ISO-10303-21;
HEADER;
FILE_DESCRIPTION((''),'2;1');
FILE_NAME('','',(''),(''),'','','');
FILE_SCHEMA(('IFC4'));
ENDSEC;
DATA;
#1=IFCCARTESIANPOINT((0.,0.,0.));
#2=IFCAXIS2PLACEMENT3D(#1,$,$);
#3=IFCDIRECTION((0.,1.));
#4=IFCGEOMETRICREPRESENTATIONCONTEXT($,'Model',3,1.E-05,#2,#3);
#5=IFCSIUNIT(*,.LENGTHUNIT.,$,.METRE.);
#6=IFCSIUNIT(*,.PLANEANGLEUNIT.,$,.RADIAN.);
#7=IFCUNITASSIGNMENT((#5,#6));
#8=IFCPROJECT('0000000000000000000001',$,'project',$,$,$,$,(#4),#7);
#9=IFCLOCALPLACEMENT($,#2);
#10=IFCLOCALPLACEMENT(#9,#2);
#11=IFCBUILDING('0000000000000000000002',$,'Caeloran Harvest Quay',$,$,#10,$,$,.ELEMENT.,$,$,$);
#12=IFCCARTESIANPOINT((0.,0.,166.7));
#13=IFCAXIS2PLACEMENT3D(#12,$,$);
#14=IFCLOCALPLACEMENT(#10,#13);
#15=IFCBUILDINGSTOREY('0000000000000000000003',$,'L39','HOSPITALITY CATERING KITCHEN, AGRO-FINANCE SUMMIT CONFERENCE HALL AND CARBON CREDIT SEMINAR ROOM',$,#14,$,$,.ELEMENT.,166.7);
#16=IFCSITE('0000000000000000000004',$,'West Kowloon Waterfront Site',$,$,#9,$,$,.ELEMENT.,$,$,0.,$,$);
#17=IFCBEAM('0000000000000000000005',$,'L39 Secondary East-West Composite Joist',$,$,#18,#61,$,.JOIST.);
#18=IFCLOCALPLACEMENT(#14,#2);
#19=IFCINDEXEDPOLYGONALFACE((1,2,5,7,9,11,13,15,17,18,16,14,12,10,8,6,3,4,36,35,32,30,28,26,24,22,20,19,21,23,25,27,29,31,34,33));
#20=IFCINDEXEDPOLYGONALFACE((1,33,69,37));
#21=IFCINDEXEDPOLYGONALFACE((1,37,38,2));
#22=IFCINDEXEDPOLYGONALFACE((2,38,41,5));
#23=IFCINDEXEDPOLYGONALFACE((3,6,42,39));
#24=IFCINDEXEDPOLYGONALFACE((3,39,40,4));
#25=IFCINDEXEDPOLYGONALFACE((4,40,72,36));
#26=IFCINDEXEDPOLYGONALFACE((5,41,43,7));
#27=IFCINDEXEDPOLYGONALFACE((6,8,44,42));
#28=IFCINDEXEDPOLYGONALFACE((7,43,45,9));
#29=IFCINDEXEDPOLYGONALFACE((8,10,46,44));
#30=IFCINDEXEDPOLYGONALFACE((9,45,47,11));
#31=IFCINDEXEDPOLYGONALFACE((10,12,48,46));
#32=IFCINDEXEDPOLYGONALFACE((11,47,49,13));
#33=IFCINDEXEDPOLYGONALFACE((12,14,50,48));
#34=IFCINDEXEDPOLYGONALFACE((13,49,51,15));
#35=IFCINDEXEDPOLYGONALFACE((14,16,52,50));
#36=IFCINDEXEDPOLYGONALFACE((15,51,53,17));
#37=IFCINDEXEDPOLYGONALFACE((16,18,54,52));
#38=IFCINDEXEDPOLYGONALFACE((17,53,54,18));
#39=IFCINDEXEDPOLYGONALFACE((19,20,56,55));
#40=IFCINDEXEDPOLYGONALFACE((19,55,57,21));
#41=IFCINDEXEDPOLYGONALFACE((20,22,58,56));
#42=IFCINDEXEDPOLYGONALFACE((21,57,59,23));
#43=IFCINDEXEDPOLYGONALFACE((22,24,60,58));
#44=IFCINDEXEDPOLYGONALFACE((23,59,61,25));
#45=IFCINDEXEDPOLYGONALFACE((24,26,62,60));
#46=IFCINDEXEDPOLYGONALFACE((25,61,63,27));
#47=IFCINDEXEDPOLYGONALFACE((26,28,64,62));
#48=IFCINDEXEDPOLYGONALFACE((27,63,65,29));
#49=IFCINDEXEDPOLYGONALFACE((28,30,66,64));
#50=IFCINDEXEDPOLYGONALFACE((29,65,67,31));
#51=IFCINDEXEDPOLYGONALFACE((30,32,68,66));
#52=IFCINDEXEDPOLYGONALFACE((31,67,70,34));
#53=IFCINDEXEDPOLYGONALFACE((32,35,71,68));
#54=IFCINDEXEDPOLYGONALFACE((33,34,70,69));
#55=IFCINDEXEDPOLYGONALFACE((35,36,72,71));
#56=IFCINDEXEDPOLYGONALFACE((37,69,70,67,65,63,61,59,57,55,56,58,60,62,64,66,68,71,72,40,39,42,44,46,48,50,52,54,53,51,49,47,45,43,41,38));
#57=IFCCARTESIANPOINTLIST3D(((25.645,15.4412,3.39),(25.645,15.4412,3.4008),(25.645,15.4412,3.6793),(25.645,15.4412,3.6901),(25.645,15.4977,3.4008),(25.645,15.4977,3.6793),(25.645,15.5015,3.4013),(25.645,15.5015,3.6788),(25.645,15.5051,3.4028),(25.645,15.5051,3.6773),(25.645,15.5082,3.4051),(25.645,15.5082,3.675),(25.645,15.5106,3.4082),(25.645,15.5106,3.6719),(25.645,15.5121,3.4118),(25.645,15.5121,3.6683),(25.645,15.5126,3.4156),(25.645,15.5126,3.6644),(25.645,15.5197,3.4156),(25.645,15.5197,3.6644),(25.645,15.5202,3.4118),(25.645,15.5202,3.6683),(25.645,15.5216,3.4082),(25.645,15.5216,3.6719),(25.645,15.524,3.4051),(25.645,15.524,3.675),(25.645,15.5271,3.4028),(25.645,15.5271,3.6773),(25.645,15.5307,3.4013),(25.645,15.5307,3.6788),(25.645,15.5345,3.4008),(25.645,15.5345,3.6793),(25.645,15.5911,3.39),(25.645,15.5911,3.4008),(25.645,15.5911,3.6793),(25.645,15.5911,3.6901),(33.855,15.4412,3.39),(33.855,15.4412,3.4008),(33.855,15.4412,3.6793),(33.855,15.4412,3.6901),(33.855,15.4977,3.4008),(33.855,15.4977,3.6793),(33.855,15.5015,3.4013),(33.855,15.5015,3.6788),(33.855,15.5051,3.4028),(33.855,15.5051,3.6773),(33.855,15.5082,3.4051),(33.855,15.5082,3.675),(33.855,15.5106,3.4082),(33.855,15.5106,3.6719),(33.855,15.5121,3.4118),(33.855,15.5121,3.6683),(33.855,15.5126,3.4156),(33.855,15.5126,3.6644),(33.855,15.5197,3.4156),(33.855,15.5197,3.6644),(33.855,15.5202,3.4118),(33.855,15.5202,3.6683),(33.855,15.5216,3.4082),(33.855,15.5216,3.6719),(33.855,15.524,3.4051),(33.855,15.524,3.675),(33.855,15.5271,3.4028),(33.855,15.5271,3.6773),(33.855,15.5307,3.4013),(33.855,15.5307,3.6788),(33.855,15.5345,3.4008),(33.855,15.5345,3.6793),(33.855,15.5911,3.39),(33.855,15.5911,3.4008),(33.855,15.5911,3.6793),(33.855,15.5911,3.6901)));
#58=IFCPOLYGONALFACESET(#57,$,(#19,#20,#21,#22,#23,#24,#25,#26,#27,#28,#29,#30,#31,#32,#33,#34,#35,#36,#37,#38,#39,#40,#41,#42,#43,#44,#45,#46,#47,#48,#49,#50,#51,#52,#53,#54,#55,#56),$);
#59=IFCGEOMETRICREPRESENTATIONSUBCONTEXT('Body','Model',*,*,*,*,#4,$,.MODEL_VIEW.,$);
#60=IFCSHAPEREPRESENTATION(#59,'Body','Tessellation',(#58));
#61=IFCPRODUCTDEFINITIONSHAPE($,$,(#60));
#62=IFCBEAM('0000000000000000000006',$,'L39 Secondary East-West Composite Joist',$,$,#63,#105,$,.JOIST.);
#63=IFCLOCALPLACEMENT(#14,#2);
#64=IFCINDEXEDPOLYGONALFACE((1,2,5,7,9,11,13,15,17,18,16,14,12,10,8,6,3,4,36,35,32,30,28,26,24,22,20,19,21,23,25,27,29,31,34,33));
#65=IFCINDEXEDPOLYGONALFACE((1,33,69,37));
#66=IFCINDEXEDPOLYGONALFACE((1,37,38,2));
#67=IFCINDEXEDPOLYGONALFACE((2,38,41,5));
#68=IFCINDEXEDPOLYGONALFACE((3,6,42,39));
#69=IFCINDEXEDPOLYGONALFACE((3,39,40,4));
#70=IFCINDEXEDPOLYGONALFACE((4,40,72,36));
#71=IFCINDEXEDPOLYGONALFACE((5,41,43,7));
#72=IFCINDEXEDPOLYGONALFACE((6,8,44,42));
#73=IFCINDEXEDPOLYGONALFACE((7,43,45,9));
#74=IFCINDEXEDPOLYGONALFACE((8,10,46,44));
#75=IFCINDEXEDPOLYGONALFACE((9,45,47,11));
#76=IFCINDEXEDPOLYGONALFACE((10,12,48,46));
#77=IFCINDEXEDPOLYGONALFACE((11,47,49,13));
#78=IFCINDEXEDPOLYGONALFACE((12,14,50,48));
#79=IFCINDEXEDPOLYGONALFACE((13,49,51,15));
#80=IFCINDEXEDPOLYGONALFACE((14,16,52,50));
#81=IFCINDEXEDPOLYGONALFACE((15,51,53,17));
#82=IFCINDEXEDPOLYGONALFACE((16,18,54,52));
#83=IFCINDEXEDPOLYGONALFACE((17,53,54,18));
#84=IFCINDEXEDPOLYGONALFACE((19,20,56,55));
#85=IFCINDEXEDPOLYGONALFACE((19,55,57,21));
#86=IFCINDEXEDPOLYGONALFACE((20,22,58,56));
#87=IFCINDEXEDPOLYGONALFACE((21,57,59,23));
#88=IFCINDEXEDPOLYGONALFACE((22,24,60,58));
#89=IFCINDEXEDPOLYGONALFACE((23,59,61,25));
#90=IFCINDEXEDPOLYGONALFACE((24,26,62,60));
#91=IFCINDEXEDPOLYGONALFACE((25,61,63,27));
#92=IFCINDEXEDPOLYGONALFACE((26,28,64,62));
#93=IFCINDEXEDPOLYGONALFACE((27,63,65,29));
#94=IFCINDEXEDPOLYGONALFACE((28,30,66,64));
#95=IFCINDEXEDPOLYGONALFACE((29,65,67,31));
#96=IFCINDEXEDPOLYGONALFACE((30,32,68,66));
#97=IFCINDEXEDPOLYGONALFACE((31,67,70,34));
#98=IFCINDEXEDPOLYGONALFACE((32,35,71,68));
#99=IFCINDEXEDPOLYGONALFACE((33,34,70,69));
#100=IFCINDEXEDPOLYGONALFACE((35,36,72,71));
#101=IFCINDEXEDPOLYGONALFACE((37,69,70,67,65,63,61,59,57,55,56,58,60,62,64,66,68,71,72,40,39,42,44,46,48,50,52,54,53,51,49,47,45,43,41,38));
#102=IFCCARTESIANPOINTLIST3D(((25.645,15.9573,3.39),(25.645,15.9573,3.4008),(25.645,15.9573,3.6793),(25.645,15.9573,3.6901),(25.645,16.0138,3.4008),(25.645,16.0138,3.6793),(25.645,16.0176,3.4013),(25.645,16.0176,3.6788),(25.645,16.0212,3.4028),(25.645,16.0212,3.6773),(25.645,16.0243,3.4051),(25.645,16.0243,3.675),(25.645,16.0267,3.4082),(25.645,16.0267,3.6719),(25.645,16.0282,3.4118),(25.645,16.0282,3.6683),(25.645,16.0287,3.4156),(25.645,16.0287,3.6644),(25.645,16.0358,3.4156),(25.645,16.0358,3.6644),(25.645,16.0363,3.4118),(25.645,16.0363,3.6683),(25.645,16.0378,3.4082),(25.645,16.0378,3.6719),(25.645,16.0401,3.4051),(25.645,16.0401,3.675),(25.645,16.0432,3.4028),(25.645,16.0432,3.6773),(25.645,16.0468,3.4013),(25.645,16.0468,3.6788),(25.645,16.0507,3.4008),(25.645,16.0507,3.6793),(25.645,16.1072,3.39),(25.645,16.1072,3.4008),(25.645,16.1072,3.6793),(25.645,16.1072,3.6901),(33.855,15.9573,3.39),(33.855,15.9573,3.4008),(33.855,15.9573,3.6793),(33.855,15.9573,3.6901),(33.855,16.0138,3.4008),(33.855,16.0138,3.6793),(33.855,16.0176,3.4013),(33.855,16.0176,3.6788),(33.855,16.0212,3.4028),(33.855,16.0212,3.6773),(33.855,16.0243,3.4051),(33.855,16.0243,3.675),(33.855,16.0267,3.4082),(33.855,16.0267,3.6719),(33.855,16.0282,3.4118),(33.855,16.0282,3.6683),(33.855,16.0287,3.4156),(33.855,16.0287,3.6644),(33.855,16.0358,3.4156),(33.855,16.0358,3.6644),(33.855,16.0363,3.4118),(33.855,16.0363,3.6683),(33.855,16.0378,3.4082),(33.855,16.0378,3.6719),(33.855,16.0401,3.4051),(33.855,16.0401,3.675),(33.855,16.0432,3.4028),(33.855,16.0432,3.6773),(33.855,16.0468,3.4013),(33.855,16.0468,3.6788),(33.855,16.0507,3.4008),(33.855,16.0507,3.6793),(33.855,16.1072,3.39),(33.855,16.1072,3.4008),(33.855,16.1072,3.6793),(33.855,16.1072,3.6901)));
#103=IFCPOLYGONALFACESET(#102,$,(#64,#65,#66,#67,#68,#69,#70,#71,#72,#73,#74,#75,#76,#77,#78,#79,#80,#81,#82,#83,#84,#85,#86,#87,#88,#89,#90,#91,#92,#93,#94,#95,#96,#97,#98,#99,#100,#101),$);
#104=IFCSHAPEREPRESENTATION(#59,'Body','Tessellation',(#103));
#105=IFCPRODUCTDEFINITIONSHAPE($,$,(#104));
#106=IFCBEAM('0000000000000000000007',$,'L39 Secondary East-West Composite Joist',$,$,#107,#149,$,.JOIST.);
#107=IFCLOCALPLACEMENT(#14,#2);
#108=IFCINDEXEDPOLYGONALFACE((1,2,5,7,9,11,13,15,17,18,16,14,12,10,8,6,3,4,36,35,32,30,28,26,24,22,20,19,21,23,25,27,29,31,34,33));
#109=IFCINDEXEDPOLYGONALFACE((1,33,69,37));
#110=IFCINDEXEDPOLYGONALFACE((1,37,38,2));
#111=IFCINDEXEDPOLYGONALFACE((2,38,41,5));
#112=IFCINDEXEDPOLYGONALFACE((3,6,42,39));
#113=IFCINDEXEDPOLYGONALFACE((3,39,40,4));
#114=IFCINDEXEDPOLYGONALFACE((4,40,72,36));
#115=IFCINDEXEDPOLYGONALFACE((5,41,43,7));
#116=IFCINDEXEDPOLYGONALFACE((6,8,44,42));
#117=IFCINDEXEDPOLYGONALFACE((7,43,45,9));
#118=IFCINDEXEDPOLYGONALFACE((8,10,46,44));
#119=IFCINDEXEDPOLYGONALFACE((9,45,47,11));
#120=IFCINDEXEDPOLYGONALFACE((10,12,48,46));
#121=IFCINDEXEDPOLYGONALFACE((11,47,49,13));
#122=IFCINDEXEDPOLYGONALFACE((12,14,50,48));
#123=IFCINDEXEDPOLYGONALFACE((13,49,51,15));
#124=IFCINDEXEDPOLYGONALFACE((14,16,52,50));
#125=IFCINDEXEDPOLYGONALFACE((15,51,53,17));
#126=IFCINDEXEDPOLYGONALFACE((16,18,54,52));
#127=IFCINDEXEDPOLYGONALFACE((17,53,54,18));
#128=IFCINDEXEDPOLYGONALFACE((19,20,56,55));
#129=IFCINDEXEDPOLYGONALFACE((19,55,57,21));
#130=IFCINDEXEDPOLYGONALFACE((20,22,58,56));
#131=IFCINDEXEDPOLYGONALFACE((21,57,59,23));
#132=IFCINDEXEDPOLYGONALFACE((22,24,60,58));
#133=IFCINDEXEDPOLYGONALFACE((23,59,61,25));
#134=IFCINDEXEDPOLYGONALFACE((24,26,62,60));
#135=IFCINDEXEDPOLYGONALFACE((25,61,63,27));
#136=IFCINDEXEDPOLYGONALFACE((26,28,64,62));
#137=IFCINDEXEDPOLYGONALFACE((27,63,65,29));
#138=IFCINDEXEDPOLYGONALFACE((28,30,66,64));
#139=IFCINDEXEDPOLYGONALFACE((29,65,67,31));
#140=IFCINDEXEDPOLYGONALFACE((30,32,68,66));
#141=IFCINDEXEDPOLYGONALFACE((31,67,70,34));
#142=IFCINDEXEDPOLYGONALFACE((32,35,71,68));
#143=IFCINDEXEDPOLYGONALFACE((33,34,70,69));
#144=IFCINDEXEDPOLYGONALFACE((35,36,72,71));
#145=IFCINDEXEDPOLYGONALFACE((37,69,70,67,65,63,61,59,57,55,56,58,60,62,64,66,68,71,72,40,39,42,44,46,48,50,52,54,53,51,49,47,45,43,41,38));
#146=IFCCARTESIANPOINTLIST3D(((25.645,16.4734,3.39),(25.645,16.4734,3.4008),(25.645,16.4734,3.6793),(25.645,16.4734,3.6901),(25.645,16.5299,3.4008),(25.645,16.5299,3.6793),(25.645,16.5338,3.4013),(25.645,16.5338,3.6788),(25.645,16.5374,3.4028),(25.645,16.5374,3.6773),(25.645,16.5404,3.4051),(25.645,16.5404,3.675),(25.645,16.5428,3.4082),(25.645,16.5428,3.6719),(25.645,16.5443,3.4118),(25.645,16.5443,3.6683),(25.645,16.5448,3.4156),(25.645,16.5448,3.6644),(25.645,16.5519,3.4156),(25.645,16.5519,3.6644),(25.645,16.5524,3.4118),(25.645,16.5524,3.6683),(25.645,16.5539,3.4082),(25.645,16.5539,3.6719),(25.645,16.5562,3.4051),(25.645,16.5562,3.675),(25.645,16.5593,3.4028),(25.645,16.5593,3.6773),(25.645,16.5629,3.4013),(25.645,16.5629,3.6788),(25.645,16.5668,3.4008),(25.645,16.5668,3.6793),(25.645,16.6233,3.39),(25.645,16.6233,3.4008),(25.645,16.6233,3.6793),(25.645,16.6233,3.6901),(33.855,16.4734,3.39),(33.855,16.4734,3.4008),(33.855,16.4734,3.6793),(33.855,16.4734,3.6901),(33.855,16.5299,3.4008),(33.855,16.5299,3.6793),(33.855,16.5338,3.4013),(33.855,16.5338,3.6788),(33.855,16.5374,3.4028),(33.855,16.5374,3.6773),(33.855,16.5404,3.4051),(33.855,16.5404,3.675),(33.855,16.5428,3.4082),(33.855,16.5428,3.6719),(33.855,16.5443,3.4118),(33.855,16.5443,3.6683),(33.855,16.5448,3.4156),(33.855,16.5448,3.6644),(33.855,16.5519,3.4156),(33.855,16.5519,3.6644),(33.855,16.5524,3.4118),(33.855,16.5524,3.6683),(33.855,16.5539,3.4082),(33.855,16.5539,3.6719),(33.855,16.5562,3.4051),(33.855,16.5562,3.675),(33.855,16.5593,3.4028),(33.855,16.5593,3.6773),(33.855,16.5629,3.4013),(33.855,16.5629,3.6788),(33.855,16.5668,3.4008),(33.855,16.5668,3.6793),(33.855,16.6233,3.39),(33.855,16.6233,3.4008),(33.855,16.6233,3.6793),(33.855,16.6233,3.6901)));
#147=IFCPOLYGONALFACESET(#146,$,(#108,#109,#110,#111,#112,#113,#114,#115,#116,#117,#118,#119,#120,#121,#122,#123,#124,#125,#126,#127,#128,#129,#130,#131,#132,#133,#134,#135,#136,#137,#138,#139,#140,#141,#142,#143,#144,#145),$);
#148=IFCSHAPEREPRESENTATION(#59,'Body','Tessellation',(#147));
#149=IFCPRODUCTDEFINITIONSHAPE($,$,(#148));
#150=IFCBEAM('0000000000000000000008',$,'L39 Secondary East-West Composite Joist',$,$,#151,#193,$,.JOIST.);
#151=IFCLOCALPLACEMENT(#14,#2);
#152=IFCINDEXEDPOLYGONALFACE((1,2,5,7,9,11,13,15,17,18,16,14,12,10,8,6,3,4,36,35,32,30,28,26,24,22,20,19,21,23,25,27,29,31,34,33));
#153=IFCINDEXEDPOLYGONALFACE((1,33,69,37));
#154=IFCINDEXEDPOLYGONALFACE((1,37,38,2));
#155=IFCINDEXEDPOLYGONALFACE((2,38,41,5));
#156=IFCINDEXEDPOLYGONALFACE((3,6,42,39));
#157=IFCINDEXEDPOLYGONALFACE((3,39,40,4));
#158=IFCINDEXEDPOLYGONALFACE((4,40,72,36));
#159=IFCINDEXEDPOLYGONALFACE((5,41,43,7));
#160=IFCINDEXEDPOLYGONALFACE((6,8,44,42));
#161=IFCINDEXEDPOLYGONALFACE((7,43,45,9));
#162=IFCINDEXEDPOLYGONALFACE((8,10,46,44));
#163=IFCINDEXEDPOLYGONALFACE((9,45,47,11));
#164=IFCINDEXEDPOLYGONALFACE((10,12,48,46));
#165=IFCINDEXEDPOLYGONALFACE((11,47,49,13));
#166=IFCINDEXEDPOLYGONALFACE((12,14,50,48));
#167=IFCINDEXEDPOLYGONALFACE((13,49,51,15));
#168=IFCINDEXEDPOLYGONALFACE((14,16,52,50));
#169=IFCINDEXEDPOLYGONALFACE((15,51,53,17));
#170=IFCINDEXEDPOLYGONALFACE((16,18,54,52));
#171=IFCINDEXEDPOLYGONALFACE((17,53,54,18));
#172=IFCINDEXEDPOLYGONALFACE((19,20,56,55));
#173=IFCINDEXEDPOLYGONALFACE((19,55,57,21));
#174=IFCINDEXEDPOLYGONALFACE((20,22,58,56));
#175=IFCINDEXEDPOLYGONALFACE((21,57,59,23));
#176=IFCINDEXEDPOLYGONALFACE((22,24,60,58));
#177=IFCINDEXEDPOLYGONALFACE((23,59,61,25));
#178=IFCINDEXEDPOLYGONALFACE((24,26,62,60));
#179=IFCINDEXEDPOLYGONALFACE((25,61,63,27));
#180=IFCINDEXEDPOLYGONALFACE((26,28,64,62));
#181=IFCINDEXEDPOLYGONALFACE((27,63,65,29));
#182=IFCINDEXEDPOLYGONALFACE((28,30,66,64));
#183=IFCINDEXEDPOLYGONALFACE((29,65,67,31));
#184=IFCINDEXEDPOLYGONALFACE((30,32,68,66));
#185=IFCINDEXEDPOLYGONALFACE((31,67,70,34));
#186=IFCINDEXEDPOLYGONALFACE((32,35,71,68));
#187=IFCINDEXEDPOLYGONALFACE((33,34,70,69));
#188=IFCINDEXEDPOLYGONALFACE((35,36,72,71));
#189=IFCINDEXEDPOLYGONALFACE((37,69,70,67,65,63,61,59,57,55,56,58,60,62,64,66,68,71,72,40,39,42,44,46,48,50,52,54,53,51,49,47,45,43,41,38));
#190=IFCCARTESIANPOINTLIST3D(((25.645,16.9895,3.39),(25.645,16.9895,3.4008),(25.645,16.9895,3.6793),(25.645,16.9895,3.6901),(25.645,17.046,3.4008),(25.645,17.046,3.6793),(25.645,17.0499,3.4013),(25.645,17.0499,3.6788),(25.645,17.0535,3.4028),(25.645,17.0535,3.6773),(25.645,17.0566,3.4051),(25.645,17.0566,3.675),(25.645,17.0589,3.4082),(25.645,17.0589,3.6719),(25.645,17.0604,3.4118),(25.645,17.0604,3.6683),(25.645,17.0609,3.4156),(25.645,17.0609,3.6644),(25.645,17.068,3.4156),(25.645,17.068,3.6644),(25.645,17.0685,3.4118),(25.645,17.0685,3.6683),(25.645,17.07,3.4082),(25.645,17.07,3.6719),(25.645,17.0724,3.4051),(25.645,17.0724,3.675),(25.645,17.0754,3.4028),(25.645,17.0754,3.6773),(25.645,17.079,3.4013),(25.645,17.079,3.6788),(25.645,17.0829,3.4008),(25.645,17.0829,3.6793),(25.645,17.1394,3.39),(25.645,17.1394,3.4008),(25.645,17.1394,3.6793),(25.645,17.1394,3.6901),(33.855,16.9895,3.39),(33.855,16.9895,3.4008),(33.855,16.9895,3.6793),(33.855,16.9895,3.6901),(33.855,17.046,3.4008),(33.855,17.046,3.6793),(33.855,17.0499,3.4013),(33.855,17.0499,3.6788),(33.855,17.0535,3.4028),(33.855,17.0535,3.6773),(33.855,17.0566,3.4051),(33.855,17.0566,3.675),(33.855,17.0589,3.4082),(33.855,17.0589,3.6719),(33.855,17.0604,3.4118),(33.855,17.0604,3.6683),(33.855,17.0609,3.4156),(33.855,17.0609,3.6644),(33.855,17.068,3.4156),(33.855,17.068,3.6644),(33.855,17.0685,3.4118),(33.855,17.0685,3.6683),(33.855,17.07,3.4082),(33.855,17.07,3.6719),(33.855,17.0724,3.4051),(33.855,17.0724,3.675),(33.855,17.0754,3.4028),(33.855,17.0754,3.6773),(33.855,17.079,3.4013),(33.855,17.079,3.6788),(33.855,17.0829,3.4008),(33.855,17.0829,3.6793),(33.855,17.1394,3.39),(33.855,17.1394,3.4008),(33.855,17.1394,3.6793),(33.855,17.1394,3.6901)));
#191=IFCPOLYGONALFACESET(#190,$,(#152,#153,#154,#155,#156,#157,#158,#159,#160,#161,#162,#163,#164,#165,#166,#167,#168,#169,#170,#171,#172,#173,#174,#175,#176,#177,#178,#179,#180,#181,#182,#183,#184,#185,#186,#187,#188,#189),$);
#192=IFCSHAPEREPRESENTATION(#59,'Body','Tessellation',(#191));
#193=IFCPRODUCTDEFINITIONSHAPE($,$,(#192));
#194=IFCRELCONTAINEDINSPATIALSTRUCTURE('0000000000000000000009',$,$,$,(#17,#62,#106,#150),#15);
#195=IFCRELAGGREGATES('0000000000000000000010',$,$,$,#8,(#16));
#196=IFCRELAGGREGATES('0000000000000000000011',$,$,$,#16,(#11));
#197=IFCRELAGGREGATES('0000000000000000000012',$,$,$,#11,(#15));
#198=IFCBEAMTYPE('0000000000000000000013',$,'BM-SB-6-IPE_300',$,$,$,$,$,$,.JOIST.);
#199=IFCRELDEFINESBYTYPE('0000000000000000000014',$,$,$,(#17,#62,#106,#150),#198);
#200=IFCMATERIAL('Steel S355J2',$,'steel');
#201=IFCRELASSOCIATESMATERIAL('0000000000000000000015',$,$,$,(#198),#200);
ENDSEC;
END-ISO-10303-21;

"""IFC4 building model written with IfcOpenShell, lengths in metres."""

from ifc_helpers import new_model, si_unit, direction, frame, origin, origin_2d, place, context, subcontext, project, spatial, i_section, extrude, material, material_profile, profile_set, type_object, element, save


model = new_model("IFC4")

# Units and contexts
model_context = context("Model", 3, precision=1e-05, world=origin(), true_north=direction((0.0, 1.0)))
body_context = subcontext(model_context, "Body", "Model", "MODEL_VIEW")
ifc_project = project(units=[si_unit("LENGTHUNIT", "METRE"), si_unit("PLANEANGLEUNIT", "RADIAN")], contexts=[model_context])

# Site, building, storey
site_placement = place(None, origin())
site = spatial("IfcSite", under=ifc_project, at=site_placement, Name="West Kowloon Waterfront Site", CompositionType="ELEMENT", RefElevation=0.0)
building_placement = place(site_placement, origin())
building = spatial("IfcBuilding", under=site, at=building_placement, Name="Caeloran Harvest Quay", CompositionType="ELEMENT")
storey_placement = place(building_placement, frame((0.0, 0.0, 166.7)))
storey = spatial("IfcBuildingStorey", under=building, at=storey_placement, Name="L39", Description="HOSPITALITY CATERING KITCHEN, AGRO-FINANCE SUMMIT CONFERENCE HALL AND CARBON CREDIT SEMINAR ROOM", CompositionType="ELEMENT", Elevation=166.7)

# Beams
ifc_material_1 = material(Name="Steel S355J2", Category="steel")
ifc_material_profile_1 = material_profile(ifc_material_1, i_section(OverallWidth=0.1499, OverallDepth=0.3, WebThickness=0.0071, FlangeThickness=0.0107, FilletRadius=0.0149, at=origin_2d()), Name="IPE 300")
ifc_profile_set_1 = profile_set([ifc_material_profile_1], Name="Steel S355J2")
beam_type_1 = type_object("IfcBeamType", Name="BM-SB-6-IPE_300", PredefinedType="JOIST", material=ifc_profile_set_1)
for number, where, z_axis, x_axis, name in (
    (1, (25.645, 15.5161, 3.54), (1.0, 0.0, 0.0), (0.0, 1.0, 0.0), "L39 Secondary East-West Composite Joist"),
    (2, (25.645, 16.0322, 3.54), (1.0, 0.0, 0.0), (0.0, 1.0, 0.0), "L39 Secondary East-West Composite Joist"),
    (3, (25.645, 16.5483, 3.54), (1.0, 0.0, 0.0), (0.0, 1.0, 0.0), "L39 Secondary East-West Composite Joist"),
    (4, (25.645, 17.0645, 3.54), (1.0, 0.0, 0.0), (0.0, 1.0, 0.0), "L39 Secondary East-West Composite Joist"),
):
    element("IfcBeam", number, at=place(storey_placement, frame(where, z_axis=z_axis, x_axis=x_axis)), inside=storey, type_object=beam_type_1, Name=name, PredefinedType="JOIST", context=body_context, shape_type="SweptSolid", body=[
        extrude(i_section(OverallWidth=0.1499, OverallDepth=0.3, WebThickness=0.0071, FlangeThickness=0.0107, FilletRadius=0.0149, at=origin_2d()), origin(), (0.0, 0.0, 1.0), 8.21),
    ])

save(model, "model.ifc")
